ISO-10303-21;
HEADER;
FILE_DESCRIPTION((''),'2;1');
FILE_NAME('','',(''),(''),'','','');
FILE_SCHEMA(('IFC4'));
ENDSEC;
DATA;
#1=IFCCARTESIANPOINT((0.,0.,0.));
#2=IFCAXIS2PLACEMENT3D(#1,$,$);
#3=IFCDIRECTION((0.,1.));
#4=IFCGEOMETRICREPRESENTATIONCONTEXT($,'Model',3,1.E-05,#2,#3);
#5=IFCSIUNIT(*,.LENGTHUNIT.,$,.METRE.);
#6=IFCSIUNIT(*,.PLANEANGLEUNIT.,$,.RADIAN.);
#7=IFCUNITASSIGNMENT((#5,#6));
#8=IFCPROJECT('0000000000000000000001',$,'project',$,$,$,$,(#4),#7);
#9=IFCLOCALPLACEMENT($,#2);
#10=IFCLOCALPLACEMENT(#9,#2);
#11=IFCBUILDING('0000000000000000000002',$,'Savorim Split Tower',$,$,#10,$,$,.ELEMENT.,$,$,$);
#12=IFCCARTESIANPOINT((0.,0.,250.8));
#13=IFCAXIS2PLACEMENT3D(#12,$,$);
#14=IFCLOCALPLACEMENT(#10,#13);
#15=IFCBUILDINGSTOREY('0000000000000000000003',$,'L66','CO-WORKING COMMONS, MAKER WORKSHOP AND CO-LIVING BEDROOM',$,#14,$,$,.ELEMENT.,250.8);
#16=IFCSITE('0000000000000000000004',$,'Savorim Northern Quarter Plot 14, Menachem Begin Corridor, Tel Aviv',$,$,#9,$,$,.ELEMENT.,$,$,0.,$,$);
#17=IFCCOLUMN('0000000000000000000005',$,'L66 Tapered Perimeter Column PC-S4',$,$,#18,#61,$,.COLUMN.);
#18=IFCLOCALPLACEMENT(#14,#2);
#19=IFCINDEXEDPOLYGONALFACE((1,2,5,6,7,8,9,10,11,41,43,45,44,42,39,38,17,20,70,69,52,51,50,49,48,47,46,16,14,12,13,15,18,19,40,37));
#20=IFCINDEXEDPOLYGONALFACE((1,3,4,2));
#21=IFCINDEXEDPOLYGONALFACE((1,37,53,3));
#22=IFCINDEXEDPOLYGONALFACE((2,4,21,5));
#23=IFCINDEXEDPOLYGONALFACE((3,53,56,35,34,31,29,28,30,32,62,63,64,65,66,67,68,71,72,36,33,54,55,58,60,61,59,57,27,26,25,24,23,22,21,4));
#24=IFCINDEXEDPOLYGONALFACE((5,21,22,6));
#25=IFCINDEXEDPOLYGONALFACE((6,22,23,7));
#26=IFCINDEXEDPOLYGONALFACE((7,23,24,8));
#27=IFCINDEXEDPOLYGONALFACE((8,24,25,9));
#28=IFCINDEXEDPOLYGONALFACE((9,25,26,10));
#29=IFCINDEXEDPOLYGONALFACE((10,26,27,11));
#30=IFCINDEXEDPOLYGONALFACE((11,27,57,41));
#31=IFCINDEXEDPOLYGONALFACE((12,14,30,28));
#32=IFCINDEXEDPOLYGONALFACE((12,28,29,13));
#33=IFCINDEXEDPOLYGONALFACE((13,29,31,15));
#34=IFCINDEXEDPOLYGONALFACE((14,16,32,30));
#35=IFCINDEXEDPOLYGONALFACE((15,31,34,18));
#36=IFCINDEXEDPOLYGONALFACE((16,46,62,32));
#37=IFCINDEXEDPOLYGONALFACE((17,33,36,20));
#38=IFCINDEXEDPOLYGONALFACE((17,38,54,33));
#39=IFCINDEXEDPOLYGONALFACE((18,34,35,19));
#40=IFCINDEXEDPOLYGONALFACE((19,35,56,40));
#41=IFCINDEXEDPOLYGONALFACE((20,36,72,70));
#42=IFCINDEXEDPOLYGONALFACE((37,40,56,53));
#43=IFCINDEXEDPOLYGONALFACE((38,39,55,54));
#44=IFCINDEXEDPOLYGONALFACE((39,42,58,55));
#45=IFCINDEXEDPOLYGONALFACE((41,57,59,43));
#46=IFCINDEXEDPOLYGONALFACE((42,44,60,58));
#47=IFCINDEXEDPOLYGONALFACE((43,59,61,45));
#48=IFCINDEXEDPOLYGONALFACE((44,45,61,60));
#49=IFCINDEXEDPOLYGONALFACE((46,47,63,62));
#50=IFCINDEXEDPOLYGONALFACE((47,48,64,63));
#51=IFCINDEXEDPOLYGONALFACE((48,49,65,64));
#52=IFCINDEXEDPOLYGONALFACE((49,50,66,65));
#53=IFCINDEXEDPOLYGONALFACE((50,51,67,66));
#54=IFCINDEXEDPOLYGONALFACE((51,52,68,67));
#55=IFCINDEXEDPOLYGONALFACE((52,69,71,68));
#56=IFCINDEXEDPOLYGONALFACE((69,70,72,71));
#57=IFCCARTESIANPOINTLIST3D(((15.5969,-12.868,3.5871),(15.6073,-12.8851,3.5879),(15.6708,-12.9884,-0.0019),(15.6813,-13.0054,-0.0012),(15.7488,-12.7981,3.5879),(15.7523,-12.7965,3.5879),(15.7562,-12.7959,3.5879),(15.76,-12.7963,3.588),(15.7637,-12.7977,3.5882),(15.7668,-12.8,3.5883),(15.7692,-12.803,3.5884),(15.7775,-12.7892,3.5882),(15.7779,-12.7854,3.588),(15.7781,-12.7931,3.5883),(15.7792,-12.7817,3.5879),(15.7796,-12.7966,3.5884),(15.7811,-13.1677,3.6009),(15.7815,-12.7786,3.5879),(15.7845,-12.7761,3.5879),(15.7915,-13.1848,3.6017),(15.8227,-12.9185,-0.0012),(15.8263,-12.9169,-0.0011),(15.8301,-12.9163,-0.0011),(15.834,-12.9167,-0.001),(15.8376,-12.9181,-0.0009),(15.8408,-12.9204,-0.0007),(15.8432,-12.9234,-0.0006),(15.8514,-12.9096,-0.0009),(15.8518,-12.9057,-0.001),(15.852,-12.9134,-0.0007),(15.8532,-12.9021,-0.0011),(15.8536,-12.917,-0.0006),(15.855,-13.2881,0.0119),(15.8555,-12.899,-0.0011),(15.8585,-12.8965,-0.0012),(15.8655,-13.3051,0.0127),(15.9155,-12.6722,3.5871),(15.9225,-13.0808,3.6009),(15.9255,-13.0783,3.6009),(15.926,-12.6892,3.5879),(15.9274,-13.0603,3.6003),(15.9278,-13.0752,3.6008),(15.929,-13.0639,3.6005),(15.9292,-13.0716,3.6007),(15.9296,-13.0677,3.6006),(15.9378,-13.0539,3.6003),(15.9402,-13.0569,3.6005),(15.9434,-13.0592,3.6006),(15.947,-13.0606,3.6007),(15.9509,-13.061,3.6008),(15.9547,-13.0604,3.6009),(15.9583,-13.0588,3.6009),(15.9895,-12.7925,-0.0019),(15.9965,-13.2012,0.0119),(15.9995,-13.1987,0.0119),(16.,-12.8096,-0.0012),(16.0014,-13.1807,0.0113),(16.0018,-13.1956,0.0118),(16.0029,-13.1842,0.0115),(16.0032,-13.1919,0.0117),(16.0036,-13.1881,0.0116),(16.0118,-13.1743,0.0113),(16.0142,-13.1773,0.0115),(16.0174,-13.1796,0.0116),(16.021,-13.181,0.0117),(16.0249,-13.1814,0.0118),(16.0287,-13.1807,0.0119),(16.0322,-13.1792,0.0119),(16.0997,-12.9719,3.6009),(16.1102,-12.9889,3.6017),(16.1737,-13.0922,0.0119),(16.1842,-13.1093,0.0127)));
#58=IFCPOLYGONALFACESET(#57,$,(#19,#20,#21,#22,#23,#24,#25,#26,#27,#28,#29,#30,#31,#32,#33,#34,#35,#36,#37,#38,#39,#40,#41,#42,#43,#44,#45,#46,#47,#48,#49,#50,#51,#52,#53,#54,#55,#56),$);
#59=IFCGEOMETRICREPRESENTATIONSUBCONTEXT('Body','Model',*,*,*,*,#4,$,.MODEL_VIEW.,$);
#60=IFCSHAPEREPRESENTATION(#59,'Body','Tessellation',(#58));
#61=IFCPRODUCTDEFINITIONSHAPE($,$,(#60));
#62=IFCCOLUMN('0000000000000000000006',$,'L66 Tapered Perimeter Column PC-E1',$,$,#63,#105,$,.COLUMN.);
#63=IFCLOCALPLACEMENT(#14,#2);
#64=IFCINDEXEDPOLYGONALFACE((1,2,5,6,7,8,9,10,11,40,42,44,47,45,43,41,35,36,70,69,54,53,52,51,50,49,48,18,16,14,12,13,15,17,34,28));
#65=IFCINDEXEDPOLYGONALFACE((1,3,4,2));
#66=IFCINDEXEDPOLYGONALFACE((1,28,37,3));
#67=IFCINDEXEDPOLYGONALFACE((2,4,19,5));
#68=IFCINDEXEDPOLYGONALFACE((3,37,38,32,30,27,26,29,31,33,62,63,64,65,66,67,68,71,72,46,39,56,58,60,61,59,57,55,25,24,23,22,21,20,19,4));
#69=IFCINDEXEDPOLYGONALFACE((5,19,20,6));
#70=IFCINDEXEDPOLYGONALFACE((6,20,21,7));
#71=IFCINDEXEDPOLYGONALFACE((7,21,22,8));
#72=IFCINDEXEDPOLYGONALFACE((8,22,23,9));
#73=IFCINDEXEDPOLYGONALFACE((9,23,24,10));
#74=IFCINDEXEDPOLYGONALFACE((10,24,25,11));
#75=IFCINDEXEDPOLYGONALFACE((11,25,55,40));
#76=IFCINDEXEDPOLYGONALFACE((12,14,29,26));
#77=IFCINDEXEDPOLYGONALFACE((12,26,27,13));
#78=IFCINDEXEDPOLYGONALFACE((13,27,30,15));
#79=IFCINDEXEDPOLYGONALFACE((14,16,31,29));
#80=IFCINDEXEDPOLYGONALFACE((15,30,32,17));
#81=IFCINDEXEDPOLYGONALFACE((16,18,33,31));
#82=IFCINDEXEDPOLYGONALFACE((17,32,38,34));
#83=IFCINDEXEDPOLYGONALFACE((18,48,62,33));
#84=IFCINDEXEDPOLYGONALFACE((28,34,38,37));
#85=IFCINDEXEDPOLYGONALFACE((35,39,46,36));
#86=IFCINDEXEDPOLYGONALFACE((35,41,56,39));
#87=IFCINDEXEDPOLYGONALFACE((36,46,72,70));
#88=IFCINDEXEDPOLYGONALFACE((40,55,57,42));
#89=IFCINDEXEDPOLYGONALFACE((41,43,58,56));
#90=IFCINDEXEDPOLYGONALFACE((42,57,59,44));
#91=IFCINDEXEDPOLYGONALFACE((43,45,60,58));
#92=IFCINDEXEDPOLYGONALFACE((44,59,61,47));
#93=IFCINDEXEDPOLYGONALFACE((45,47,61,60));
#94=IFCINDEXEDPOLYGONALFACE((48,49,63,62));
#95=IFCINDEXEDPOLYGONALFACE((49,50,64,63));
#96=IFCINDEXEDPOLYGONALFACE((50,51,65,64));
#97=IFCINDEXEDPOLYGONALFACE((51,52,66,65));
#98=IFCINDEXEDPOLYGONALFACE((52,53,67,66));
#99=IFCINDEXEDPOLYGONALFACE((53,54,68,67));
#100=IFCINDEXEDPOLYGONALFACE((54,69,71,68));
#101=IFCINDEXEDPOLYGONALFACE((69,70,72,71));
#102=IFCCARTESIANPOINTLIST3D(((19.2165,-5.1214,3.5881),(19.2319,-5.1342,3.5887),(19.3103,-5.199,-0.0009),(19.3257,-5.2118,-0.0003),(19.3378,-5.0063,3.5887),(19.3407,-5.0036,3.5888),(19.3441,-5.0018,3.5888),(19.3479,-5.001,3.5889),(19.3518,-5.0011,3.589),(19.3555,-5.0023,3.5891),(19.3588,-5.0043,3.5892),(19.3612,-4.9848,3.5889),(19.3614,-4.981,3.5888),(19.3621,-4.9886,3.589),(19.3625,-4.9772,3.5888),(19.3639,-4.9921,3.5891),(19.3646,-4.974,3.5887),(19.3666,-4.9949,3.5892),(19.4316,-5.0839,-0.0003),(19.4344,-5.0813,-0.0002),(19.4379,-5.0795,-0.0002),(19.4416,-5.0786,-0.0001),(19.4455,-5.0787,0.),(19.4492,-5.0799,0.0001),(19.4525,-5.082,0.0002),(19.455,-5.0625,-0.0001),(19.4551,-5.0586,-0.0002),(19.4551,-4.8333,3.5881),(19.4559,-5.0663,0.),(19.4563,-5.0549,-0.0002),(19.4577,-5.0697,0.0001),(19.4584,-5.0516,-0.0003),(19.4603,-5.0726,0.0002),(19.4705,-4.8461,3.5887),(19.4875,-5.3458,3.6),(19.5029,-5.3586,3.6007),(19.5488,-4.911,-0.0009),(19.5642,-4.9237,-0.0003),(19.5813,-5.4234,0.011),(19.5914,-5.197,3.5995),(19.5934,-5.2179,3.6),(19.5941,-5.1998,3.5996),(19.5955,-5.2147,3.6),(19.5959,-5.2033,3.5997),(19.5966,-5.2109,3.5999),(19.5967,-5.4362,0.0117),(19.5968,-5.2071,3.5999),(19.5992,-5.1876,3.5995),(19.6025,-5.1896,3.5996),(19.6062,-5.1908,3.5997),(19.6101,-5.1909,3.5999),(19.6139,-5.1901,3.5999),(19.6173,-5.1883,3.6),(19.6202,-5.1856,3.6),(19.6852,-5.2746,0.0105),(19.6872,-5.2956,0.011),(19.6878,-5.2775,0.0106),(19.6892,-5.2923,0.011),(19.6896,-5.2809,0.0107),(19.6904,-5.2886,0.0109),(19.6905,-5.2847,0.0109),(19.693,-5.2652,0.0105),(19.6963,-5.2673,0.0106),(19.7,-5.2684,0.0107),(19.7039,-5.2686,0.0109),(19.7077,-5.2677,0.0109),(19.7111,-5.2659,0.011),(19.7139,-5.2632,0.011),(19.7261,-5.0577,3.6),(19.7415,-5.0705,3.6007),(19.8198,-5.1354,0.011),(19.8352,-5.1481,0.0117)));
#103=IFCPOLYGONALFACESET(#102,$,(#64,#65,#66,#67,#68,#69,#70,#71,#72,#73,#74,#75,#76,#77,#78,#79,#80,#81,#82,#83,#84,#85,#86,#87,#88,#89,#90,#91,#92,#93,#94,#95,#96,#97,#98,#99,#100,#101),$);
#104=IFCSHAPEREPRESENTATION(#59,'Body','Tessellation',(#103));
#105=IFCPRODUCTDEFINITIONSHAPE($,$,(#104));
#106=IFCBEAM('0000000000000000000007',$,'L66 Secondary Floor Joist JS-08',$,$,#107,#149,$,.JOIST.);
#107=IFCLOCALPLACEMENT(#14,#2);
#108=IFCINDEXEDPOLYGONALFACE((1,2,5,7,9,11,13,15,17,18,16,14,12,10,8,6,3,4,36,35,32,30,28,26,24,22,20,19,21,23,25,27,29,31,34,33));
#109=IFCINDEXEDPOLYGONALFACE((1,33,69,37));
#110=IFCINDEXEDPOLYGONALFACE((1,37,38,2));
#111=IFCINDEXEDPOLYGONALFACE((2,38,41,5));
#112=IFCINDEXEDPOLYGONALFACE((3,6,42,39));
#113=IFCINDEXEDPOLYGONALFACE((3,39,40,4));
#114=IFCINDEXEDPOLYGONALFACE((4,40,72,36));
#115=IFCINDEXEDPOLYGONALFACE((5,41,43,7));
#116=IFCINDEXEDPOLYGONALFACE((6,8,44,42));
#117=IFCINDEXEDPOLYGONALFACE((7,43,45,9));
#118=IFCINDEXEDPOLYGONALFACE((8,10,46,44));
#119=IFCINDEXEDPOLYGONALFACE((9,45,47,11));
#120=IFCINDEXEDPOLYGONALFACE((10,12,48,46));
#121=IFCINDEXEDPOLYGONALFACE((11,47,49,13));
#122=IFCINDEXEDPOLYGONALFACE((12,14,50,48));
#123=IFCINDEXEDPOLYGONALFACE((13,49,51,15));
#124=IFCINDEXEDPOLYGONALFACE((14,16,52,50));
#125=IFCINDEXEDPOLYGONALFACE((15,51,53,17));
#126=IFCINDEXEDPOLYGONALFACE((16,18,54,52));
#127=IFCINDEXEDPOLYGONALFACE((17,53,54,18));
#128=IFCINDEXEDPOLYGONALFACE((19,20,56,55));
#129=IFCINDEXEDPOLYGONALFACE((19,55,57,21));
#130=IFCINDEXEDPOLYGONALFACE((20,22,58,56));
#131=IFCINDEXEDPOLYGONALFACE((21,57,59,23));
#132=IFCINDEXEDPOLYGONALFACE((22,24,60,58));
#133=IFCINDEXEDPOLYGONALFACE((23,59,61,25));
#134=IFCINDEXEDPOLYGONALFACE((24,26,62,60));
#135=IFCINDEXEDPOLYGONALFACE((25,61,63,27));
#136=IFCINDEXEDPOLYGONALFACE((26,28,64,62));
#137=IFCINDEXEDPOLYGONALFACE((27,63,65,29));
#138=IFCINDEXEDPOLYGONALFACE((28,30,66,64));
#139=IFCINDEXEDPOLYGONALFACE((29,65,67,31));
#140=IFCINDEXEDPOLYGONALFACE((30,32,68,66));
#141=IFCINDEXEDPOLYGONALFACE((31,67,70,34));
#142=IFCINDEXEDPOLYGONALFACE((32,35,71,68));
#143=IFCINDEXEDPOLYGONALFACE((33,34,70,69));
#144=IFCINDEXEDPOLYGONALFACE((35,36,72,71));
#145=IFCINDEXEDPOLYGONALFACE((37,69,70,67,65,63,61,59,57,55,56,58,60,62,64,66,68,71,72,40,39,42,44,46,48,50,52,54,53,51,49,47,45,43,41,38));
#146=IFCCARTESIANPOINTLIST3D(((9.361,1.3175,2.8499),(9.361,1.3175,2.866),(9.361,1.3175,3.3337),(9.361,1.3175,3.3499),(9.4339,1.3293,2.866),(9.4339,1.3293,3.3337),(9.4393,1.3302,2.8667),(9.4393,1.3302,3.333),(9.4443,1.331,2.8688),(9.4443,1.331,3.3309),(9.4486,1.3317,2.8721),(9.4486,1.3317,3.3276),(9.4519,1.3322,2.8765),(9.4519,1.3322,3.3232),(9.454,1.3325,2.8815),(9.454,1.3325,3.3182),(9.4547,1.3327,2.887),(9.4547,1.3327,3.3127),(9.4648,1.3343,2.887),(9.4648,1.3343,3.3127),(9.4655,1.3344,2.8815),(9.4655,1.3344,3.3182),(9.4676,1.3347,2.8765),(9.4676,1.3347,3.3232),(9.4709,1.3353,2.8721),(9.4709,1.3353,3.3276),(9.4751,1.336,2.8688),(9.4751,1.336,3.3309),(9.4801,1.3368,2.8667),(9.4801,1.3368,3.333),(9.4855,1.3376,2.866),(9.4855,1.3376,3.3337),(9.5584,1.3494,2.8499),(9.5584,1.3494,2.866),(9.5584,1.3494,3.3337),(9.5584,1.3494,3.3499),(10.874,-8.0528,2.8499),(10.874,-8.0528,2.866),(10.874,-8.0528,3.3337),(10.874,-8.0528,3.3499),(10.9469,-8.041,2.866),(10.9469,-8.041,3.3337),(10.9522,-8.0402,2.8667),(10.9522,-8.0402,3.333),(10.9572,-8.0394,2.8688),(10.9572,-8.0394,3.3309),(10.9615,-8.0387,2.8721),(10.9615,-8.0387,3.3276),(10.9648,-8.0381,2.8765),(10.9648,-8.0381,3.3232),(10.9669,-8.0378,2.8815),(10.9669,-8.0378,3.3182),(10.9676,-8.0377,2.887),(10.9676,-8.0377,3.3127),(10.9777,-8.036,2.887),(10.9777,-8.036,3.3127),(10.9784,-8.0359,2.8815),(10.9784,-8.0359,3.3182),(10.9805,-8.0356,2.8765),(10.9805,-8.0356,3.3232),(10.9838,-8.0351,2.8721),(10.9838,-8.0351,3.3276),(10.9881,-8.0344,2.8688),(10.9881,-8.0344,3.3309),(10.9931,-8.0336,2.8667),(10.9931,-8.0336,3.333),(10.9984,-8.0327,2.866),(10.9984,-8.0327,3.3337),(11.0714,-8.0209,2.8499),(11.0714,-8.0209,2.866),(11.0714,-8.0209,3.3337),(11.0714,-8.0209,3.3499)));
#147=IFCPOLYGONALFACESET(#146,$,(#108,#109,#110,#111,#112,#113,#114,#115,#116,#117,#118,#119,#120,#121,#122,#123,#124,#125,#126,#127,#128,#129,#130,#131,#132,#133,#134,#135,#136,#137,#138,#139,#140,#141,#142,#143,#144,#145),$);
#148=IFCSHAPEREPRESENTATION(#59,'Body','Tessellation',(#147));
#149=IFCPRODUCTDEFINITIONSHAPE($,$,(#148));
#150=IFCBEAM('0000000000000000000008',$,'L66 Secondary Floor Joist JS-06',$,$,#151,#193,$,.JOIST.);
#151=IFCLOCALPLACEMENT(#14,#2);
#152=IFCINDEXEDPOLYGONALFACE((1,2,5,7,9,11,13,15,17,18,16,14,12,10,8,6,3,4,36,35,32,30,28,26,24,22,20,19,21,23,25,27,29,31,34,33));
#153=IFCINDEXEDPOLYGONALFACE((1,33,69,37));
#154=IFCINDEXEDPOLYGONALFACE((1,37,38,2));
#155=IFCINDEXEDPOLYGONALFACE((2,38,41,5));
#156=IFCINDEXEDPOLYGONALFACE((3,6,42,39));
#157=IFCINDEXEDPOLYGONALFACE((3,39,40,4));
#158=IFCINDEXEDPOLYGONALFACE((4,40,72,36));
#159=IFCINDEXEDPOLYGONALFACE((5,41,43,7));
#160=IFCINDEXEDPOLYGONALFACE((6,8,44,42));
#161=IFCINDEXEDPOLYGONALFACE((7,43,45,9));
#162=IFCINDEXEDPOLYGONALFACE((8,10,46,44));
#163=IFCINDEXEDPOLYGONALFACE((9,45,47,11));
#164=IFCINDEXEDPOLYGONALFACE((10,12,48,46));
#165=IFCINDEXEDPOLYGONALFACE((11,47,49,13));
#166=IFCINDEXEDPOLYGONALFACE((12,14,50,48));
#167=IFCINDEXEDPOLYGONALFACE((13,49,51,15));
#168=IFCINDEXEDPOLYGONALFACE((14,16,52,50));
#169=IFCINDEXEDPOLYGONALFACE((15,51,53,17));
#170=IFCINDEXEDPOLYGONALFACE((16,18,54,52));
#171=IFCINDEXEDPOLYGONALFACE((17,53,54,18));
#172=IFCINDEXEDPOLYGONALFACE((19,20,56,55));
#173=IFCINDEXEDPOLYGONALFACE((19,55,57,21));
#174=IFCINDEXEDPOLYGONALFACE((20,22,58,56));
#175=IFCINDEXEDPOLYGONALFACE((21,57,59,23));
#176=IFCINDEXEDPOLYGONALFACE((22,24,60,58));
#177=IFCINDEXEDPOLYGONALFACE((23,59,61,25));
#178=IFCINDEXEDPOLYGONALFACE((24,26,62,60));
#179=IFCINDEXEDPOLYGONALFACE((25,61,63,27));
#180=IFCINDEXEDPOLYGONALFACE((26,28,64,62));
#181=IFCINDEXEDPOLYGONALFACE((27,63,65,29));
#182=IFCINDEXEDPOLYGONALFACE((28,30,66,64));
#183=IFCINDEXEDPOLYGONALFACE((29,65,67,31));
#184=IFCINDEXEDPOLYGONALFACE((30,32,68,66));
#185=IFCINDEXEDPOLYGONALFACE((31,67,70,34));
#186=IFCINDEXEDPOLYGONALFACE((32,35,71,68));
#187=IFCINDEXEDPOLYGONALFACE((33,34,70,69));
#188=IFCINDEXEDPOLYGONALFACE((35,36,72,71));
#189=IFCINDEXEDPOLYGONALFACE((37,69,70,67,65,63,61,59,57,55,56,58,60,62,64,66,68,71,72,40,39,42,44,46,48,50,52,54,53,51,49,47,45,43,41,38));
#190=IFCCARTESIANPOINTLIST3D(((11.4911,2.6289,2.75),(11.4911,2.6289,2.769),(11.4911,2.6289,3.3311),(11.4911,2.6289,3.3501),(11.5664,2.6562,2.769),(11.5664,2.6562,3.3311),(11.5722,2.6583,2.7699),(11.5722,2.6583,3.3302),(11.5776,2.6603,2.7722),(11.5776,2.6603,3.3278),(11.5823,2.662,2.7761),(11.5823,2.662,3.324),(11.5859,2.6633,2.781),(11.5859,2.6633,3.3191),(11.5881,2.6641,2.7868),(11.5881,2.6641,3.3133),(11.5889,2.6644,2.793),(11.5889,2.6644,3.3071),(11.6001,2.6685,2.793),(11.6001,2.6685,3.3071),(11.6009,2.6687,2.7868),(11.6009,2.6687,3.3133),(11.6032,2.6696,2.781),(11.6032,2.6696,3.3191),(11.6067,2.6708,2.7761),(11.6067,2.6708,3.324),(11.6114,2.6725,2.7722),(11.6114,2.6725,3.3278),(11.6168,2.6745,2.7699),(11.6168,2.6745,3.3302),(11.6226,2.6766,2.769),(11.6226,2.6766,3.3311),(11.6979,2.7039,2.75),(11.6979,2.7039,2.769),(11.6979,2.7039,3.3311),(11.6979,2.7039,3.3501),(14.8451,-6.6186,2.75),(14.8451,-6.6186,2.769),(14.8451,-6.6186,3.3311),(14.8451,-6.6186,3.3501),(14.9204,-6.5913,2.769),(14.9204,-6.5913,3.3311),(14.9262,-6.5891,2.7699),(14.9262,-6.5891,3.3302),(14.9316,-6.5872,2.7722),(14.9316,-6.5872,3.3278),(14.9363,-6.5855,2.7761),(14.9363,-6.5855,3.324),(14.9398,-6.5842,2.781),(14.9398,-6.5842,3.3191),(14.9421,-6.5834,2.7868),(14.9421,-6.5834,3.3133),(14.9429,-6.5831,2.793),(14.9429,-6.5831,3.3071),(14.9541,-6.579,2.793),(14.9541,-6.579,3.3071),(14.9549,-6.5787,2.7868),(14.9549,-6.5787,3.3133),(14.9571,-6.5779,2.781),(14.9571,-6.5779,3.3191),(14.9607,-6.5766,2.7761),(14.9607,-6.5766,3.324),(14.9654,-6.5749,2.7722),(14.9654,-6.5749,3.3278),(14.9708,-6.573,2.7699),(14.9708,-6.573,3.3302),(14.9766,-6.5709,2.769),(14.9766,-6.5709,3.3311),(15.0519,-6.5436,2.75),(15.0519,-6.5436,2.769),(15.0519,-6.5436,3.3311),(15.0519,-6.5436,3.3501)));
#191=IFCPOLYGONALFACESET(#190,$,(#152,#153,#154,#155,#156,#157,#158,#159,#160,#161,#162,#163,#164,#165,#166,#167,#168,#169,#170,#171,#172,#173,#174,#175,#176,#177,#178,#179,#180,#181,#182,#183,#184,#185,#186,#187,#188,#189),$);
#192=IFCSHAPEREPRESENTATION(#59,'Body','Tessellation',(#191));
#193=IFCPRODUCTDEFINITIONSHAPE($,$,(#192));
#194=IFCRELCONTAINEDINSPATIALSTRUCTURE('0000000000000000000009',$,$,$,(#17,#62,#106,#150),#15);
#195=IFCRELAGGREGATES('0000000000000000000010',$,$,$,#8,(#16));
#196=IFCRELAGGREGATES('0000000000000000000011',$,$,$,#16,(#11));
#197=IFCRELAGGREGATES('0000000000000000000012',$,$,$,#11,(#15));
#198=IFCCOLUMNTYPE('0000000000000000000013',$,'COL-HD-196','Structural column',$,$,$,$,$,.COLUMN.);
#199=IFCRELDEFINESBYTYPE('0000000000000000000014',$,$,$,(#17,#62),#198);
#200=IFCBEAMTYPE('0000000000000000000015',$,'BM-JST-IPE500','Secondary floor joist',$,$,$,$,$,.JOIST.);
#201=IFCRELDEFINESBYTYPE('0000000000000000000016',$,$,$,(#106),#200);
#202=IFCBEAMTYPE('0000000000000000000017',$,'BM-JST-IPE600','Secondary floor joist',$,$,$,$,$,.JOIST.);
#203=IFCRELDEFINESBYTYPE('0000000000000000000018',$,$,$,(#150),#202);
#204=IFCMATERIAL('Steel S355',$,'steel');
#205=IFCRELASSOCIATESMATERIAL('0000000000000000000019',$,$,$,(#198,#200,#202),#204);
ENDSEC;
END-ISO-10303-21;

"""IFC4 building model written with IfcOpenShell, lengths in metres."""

from ifc_helpers import new_model, si_unit, direction, frame, origin, origin_2d, place, context, subcontext, project, spatial, i_section, extrude, material, material_profile, profile_set, type_object, element, save


model = new_model("IFC4")

# Units and contexts
model_context = context("Model", 3, precision=1e-05, world=origin(), true_north=direction((0.0, 1.0)))
body_context = subcontext(model_context, "Body", "Model", "MODEL_VIEW")
ifc_project = project(units=[si_unit("LENGTHUNIT", "METRE"), si_unit("PLANEANGLEUNIT", "RADIAN")], contexts=[model_context])

# Site, building, storey
site_placement = place(None, origin())
site = spatial("IfcSite", under=ifc_project, at=site_placement, Name="Savorim Northern Quarter Plot 14, Menachem Begin Corridor, Tel Aviv", CompositionType="ELEMENT", RefElevation=0.0)
building_placement = place(site_placement, origin())
building = spatial("IfcBuilding", under=site, at=building_placement, Name="Savorim Split Tower", CompositionType="ELEMENT")
storey_placement = place(building_placement, frame((0.0, 0.0, 250.8)))
storey = spatial("IfcBuildingStorey", under=building, at=storey_placement, Name="L66", Description="CO-WORKING COMMONS, MAKER WORKSHOP AND CO-LIVING BEDROOM", CompositionType="ELEMENT", Elevation=250.8)

# Columns
ifc_material_1 = material(Name="Steel S355", Category="steel")
ifc_material_profile_1 = material_profile(ifc_material_1, i_section(OverallWidth=0.374, OverallDepth=0.3721, WebThickness=0.0122, FlangeThickness=0.02, FilletRadius=0.0149, at=origin_2d()), Name="HD 360x196")
ifc_profile_set_1 = profile_set([ifc_material_profile_1], Name="Steel S355")
column_type = type_object("IfcColumnType", Name="COL-HD-196", Description="Structural column", PredefinedType="COLUMN", material=ifc_profile_set_1)
column_1_placement = place(storey_placement, frame((15.9275, -13.0488, 0.0054), z_axis=(-0.020595, 0.033509, 0.999226), x_axis=(-0.851955, -0.523615, 0.0)))
element("IfcColumn", 1, at=column_1_placement, inside=storey, type_object=column_type, Name="L66 Tapered Perimeter Column PC-S4", PredefinedType="COLUMN", context=body_context, shape_type="SweptSolid", body=[
    extrude(i_section(OverallWidth=0.374, OverallDepth=0.3721, WebThickness=0.0122, FlangeThickness=0.02, FilletRadius=0.0149, at=origin_2d()), origin(), (0.0, 0.0, 1.0), 3.5918),
])
column_2_placement = place(storey_placement, frame((19.5728, -5.1736, 0.0054), z_axis=(-0.026106, 0.021619, 0.999425), x_axis=(-0.637814, -0.77019, 0.0)))
element("IfcColumn", 2, at=column_2_placement, inside=storey, type_object=column_type, Name="L66 Tapered Perimeter Column PC-E1", PredefinedType="COLUMN", context=body_context, shape_type="SweptSolid", body=[
    extrude(i_section(OverallWidth=0.374, OverallDepth=0.3721, WebThickness=0.0122, FlangeThickness=0.02, FilletRadius=0.0149, at=origin_2d()), origin(), (0.0, 0.0, 1.0), 3.5911),
])

# Beams
ifc_material_profile_2 = material_profile(ifc_material_1, i_section(OverallWidth=0.2, OverallDepth=0.5, WebThickness=0.0103, FlangeThickness=0.0161, FilletRadius=0.021, at=origin_2d()), Name="IPE 500")
ifc_profile_set_2 = profile_set([ifc_material_profile_2], Name="Steel S355")
beam_type_1 = type_object("IfcBeamType", Name="BM-JST-IPE500", Description="Secondary floor joist", PredefinedType="JOIST", material=ifc_profile_set_2)
beam_1_placement = place(storey_placement, frame((10.9727, -8.0369, 3.0999), z_axis=(-0.159396, 0.987215, 0.0), x_axis=(-0.987215, -0.159396, 0.0)))
element("IfcBeam", 3, at=beam_1_placement, inside=storey, type_object=beam_type_1, Name="L66 Secondary Floor Joist JS-08", PredefinedType="JOIST", context=body_context, shape_type="SweptSolid", body=[
    extrude(i_section(OverallWidth=0.2, OverallDepth=0.5, WebThickness=0.0103, FlangeThickness=0.0161, FilletRadius=0.021, at=origin_2d()), origin(), (0.0, 0.0, 1.0), 9.4917),
])
ifc_material_profile_3 = material_profile(ifc_material_1, i_section(OverallWidth=0.22, OverallDepth=0.6001, WebThickness=0.012, FlangeThickness=0.019, FilletRadius=0.0239, at=origin_2d()), Name="IPE 600")
ifc_profile_set_3 = profile_set([ifc_material_profile_3], Name="Steel S355")
beam_type_2 = type_object("IfcBeamType", Name="BM-JST-IPE600", Description="Secondary floor joist", PredefinedType="JOIST", material=ifc_profile_set_3)
beam_2_placement = place(storey_placement, frame((14.9485, -6.5811, 3.05), z_axis=(-0.340958, 0.940079, 0.0), x_axis=(-0.940079, -0.340958, 0.0)))
element("IfcBeam", 4, at=beam_2_placement, inside=storey, type_object=beam_type_2, Name="L66 Secondary Floor Joist JS-06", PredefinedType="JOIST", context=body_context, shape_type="SweptSolid", body=[
    extrude(i_section(OverallWidth=0.22, OverallDepth=0.6001, WebThickness=0.012, FlangeThickness=0.019, FilletRadius=0.0239, at=origin_2d()), origin(), (0.0, 0.0, 1.0), 9.8369),
])

save(model, "model.ifc")
